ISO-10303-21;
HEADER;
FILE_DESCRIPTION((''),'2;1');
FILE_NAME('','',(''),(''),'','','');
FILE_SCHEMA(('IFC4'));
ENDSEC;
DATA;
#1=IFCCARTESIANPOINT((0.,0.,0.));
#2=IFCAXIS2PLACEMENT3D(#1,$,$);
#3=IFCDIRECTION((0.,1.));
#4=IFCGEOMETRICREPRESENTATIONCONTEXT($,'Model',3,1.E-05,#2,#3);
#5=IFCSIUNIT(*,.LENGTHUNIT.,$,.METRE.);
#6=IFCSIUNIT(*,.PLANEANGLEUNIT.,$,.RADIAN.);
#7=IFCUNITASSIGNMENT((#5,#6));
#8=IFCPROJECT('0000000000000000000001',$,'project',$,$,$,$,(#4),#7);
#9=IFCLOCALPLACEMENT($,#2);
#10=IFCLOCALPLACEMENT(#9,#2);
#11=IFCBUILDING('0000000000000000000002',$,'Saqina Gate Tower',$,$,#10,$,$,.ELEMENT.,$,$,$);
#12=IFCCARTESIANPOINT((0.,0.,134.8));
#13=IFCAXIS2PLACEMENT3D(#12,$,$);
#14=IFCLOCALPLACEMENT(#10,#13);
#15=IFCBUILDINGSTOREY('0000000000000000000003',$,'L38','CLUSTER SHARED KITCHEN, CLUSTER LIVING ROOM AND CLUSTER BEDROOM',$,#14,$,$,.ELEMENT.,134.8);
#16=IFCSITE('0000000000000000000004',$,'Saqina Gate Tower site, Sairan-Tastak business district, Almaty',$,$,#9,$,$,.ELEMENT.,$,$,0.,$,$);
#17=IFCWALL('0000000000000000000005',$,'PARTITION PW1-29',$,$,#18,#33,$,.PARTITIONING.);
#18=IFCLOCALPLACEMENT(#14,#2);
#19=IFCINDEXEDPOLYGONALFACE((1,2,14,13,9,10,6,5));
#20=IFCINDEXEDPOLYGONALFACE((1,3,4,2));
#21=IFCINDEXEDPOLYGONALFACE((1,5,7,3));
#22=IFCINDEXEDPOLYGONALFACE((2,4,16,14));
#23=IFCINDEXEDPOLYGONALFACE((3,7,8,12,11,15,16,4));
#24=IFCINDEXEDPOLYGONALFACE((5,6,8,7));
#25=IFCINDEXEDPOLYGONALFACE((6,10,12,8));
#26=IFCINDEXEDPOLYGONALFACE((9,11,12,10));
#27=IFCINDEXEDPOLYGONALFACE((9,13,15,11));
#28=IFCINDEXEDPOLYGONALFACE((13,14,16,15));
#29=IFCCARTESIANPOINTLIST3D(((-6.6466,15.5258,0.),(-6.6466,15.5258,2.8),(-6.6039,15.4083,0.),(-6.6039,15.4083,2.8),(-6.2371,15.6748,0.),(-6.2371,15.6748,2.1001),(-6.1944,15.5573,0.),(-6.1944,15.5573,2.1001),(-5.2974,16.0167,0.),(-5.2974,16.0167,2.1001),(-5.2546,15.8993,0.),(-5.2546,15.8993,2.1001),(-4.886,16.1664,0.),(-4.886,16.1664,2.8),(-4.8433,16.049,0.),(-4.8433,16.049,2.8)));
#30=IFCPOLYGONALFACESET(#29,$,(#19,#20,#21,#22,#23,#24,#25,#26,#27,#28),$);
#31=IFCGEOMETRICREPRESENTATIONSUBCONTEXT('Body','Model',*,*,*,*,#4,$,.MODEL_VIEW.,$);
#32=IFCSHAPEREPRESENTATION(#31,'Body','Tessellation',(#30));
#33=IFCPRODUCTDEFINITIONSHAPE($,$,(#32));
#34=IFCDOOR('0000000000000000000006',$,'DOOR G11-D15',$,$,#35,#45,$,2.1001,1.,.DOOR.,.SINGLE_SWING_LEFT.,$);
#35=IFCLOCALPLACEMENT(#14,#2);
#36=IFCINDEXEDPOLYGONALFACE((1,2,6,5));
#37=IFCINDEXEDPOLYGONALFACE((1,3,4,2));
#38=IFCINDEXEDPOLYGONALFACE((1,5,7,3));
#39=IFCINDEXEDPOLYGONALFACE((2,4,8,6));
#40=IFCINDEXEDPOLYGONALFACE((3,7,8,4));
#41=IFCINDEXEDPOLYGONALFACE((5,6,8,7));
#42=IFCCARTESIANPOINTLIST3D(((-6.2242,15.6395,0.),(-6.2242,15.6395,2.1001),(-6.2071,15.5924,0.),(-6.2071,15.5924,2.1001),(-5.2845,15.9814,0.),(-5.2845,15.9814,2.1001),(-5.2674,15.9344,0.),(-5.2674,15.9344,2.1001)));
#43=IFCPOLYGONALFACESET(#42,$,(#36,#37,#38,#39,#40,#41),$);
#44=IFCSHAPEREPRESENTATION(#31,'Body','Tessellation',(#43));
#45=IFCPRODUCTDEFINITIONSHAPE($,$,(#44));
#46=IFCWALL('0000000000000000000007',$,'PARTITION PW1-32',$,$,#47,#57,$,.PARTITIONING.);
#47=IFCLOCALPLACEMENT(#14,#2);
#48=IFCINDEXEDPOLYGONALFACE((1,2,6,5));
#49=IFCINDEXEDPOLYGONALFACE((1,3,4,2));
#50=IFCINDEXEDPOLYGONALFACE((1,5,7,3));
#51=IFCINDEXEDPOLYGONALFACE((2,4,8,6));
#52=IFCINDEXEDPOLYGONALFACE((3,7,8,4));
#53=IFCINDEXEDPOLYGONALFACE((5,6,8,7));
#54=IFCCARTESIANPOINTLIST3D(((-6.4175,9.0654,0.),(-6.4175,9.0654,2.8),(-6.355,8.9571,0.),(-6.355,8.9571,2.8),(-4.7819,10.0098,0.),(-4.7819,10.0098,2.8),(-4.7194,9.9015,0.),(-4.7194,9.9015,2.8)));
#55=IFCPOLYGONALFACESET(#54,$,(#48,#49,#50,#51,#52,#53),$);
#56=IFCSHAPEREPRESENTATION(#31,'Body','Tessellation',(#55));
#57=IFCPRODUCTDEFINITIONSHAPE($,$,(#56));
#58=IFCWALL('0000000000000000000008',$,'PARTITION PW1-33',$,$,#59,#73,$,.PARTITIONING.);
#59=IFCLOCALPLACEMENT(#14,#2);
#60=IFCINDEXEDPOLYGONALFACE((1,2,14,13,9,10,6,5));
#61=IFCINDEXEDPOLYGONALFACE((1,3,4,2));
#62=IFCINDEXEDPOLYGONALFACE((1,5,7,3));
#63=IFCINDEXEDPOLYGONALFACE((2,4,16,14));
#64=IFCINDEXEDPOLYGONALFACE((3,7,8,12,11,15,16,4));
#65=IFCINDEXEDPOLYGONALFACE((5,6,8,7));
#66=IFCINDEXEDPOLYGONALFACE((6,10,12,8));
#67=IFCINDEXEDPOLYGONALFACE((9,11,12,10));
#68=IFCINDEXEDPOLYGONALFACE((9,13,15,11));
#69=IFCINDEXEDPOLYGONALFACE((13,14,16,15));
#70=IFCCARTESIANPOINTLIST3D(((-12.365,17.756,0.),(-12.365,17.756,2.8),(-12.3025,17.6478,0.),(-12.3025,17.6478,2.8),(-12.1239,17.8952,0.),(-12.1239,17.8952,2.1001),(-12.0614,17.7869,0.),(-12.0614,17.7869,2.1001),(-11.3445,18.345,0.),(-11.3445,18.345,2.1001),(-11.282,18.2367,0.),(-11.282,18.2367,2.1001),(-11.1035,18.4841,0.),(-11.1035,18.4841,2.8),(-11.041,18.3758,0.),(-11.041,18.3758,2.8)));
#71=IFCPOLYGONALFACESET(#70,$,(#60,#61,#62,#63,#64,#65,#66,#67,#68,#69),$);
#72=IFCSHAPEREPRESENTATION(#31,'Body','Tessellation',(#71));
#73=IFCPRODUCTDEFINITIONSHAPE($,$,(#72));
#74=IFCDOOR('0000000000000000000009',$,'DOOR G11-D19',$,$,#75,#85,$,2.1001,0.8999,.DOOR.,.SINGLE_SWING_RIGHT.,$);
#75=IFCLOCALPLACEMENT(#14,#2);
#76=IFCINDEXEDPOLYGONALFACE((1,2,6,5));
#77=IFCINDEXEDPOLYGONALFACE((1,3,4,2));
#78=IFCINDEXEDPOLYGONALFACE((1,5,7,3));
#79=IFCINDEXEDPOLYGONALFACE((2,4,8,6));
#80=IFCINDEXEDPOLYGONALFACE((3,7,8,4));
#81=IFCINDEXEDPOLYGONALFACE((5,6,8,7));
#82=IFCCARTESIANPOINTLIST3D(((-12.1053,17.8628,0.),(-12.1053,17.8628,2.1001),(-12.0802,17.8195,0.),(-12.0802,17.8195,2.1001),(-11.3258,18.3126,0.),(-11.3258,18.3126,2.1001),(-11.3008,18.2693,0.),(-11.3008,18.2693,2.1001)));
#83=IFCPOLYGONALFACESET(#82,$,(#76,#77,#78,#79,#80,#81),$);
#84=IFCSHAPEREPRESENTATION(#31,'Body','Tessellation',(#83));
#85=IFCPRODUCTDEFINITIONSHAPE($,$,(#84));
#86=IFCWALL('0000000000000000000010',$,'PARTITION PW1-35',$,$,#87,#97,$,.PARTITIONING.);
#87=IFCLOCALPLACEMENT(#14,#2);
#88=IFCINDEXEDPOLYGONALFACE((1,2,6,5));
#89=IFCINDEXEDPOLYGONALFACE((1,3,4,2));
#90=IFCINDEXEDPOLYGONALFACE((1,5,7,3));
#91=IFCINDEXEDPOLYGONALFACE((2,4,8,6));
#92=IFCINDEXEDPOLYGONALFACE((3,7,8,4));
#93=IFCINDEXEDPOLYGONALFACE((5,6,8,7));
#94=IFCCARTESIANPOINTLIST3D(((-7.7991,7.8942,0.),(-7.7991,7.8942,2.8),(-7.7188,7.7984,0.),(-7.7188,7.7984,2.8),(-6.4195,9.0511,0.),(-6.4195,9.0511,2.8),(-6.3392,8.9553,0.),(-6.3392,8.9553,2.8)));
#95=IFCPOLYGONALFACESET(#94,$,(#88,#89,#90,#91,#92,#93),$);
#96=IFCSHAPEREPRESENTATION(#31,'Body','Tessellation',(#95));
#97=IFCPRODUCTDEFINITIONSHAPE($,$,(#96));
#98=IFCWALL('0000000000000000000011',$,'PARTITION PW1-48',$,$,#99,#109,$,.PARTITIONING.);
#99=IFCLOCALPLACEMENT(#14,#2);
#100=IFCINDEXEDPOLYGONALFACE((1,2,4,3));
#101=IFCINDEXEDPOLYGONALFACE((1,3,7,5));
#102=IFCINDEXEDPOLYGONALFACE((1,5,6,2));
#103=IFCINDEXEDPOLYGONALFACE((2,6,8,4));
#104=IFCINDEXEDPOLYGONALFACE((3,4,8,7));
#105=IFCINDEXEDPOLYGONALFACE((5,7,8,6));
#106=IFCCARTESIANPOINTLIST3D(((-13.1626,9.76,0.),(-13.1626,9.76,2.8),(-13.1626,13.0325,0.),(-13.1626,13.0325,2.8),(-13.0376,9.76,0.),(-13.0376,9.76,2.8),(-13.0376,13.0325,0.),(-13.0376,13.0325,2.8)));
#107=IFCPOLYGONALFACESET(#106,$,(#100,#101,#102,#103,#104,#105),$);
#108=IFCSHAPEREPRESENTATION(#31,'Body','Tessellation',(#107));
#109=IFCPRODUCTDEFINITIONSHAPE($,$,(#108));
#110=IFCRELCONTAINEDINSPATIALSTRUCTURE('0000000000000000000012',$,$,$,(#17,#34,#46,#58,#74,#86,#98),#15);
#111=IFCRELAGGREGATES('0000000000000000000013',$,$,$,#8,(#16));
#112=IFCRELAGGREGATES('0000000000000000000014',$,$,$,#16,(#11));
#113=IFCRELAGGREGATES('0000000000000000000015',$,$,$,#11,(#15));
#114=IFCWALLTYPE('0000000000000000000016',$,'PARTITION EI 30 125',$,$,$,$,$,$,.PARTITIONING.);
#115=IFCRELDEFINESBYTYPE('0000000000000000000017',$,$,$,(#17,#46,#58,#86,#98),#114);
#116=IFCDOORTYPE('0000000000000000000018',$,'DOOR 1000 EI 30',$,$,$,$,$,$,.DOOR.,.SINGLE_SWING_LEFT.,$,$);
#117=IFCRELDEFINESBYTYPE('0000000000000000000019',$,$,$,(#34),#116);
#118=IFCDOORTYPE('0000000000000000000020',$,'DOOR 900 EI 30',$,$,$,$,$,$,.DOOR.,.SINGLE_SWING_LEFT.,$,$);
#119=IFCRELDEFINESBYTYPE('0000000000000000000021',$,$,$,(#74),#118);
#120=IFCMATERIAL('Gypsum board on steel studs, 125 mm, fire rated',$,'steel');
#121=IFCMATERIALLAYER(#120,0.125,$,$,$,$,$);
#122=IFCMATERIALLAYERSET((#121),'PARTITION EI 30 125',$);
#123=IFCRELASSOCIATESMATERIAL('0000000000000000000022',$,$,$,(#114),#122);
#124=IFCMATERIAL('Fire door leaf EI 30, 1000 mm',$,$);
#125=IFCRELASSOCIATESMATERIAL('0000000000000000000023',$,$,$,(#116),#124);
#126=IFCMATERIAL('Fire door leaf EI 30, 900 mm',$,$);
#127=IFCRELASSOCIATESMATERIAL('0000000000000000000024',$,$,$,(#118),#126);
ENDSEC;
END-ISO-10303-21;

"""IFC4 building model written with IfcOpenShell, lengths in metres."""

from ifc_helpers import new_model, si_unit, direction, frame, frame_2d, origin, place, context, subcontext, project, spatial, rectangle, extrude, material, layer, layer_set, type_object, element, fill, save


model = new_model("IFC4")

# Units and contexts
model_context = context("Model", 3, precision=1e-05, world=origin(), true_north=direction((0.0, 1.0)))
body_context = subcontext(model_context, "Body", "Model", "MODEL_VIEW")
ifc_project = project(units=[si_unit("LENGTHUNIT", "METRE"), si_unit("PLANEANGLEUNIT", "RADIAN")], contexts=[model_context])

# Site, building, storey
site_placement = place(None, origin())
site = spatial("IfcSite", under=ifc_project, at=site_placement, Name="Saqina Gate Tower site, Sairan-Tastak business district, Almaty", CompositionType="ELEMENT", RefElevation=0.0)
building_placement = place(site_placement, origin())
building = spatial("IfcBuilding", under=site, at=building_placement, Name="Saqina Gate Tower", CompositionType="ELEMENT")
storey_placement = place(building_placement, frame((0.0, 0.0, 134.8)))
storey = spatial("IfcBuildingStorey", under=building, at=storey_placement, Name="L38", Description="CLUSTER SHARED KITCHEN, CLUSTER LIVING ROOM AND CLUSTER BEDROOM", CompositionType="ELEMENT", Elevation=134.8)

# Shared definitions
ifc_material_1 = material(Name="Gypsum board on steel studs, 125 mm, fire rated", Category="steel")
ifc_layer_1 = layer(ifc_material_1, 0.125)
ifc_layer_set_1 = layer_set([ifc_layer_1], Name="PARTITION EI 30 125")
wall_type_1 = type_object("IfcWallType", Name="PARTITION EI 30 125", PredefinedType="PARTITIONING", material=ifc_layer_set_1)

# Wall, opening, door
wall_1_placement = place(storey_placement, frame((-6.6252, 15.467, 0.0), z_axis=(0.0, 0.0, 1.0), x_axis=(0.939717, 0.341952, 0.0)))
wall_1 = element("IfcWall", 1, at=wall_1_placement, inside=storey, type_object=wall_type_1, Name="PARTITION PW1-29", PredefinedType="PARTITIONING", context=body_context, shape_type="SweptSolid", body=[
    extrude(rectangle(XDim=1.8735, YDim=0.125, at=frame_2d((0.9368, 0.0))), origin(), (0.0, 0.0, 1.0), 2.8),
])
opening_1_placement = place(wall_1_placement, frame((0.4358, 0.0, 0.0)))
opening_1 = element("IfcOpeningElement", 2, at=opening_1_placement, cuts=wall_1, PredefinedType="OPENING", context=body_context, shape_type="SweptSolid", body=[
    extrude(rectangle(XDim=1.0, YDim=2.1001, at=frame_2d((0.5, 1.05))), frame((0.0, 0.0745, 0.0), z_axis=(0.0, -1.0, 0.0), x_axis=(1.0, 0.0, 0.0)), (0.0, 0.0, 1.0), 0.1489),
])
ifc_material_2 = material(Name="Fire door leaf EI 30, 1000 mm")
door_type_1 = type_object("IfcDoorType", Name="DOOR 1000 EI 30", OperationType="SINGLE_SWING_LEFT", PredefinedType="DOOR", material=ifc_material_2)
door_1_placement = place(opening_1_placement, origin())
door_1 = element("IfcDoor", 3, at=door_1_placement, inside=storey, type_object=door_type_1, Name="DOOR G11-D15", OperationType="SINGLE_SWING_LEFT", OverallHeight=2.1001, OverallWidth=1.0, PredefinedType="DOOR", context=body_context, shape_type="SweptSolid", body=[
    extrude(rectangle(XDim=1.0, YDim=2.1001, at=frame_2d((0.5, 1.05))), frame((0.0, 0.0249, 0.0), z_axis=(0.0, -1.0, 0.0), x_axis=(1.0, 0.0, 0.0)), (0.0, 0.0, 1.0), 0.05),
])
fill(opening_1, door_1)

# Wall
wall_2_placement = place(storey_placement, frame((-6.3862, 9.0112, 0.0), z_axis=(0.0, 0.0, 1.0), x_axis=(0.866007, 0.500032, 0.0)))
element("IfcWall", 4, at=wall_2_placement, inside=storey, type_object=wall_type_1, Name="PARTITION PW1-32", PredefinedType="PARTITIONING", context=body_context, shape_type="SweptSolid", body=[
    extrude(rectangle(XDim=1.8887, YDim=0.125, at=frame_2d((0.9443, 0.0))), origin(), (0.0, 0.0, 1.0), 2.8),
])

# Wall, opening, door
wall_3_placement = place(storey_placement, frame((-12.3337, 17.7019, 0.0), z_axis=(0.0, 0.0, 1.0), x_axis=(0.86611, 0.499853, 0.0)))
wall_3 = element("IfcWall", 5, at=wall_3_placement, inside=storey, type_object=wall_type_1, Name="PARTITION PW1-33", PredefinedType="PARTITIONING", context=body_context, shape_type="SweptSolid", body=[
    extrude(rectangle(XDim=1.4565, YDim=0.125, at=frame_2d((0.7283, 0.0))), origin(), (0.0, 0.0, 1.0), 2.8),
])
opening_2_placement = place(wall_3_placement, frame((0.2783, 0.0, 0.0)))
opening_2 = element("IfcOpeningElement", 6, at=opening_2_placement, cuts=wall_3, PredefinedType="OPENING", context=body_context, shape_type="SweptSolid", body=[
    extrude(rectangle(XDim=0.8999, YDim=2.1001, at=frame_2d((0.45, 1.05))), frame((0.0, 0.0745, 0.0), z_axis=(0.0, -1.0, 0.0), x_axis=(1.0, 0.0, 0.0)), (0.0, 0.0, 1.0), 0.1489),
])
ifc_material_3 = material(Name="Fire door leaf EI 30, 900 mm")
door_type_2 = type_object("IfcDoorType", Name="DOOR 900 EI 30", OperationType="SINGLE_SWING_LEFT", PredefinedType="DOOR", material=ifc_material_3)
door_2_placement = place(opening_2_placement, frame((0.8999, 0.0, 0.0), z_axis=(0.0, 0.0, 1.0), x_axis=(-1.0, 0.0, 0.0)))
door_2 = element("IfcDoor", 7, at=door_2_placement, inside=storey, type_object=door_type_2, Name="DOOR G11-D19", OperationType="SINGLE_SWING_RIGHT", OverallHeight=2.1001, OverallWidth=0.8999, PredefinedType="DOOR", context=body_context, shape_type="SweptSolid", body=[
    extrude(rectangle(XDim=0.8999, YDim=2.1001, at=frame_2d((0.45, 1.05))), frame((0.0, 0.0249, 0.0), z_axis=(0.0, -1.0, 0.0), x_axis=(1.0, 0.0, 0.0)), (0.0, 0.0, 1.0), 0.05),
])
fill(opening_2, door_2)

# Walls
wall_4_placement = place(storey_placement, frame((-7.759, 7.8462, 0.0), z_axis=(0.0, 0.0, 1.0), x_axis=(0.766228, 0.642569, 0.0)))
element("IfcWall", 8, at=wall_4_placement, inside=storey, type_object=wall_type_1, Name="PARTITION PW1-35", PredefinedType="PARTITIONING", context=body_context, shape_type="SweptSolid", body=[
    extrude(rectangle(XDim=1.8005, YDim=0.125, at=frame_2d((0.9004, 0.0))), origin(), (0.0, 0.0, 1.0), 2.8),
])
wall_5_placement = place(storey_placement, frame((-13.1001, 9.76, 0.0), z_axis=(0.0, 0.0, 1.0), x_axis=(0.0, 1.0, 0.0)))
element("IfcWall", 9, at=wall_5_placement, inside=storey, type_object=wall_type_1, Name="PARTITION PW1-48", PredefinedType="PARTITIONING", context=body_context, shape_type="SweptSolid", body=[
    extrude(rectangle(XDim=3.2725, YDim=0.125, at=frame_2d((1.6362, 0.0))), origin(), (0.0, 0.0, 1.0), 2.8),
])

save(model, "model.ifc")
